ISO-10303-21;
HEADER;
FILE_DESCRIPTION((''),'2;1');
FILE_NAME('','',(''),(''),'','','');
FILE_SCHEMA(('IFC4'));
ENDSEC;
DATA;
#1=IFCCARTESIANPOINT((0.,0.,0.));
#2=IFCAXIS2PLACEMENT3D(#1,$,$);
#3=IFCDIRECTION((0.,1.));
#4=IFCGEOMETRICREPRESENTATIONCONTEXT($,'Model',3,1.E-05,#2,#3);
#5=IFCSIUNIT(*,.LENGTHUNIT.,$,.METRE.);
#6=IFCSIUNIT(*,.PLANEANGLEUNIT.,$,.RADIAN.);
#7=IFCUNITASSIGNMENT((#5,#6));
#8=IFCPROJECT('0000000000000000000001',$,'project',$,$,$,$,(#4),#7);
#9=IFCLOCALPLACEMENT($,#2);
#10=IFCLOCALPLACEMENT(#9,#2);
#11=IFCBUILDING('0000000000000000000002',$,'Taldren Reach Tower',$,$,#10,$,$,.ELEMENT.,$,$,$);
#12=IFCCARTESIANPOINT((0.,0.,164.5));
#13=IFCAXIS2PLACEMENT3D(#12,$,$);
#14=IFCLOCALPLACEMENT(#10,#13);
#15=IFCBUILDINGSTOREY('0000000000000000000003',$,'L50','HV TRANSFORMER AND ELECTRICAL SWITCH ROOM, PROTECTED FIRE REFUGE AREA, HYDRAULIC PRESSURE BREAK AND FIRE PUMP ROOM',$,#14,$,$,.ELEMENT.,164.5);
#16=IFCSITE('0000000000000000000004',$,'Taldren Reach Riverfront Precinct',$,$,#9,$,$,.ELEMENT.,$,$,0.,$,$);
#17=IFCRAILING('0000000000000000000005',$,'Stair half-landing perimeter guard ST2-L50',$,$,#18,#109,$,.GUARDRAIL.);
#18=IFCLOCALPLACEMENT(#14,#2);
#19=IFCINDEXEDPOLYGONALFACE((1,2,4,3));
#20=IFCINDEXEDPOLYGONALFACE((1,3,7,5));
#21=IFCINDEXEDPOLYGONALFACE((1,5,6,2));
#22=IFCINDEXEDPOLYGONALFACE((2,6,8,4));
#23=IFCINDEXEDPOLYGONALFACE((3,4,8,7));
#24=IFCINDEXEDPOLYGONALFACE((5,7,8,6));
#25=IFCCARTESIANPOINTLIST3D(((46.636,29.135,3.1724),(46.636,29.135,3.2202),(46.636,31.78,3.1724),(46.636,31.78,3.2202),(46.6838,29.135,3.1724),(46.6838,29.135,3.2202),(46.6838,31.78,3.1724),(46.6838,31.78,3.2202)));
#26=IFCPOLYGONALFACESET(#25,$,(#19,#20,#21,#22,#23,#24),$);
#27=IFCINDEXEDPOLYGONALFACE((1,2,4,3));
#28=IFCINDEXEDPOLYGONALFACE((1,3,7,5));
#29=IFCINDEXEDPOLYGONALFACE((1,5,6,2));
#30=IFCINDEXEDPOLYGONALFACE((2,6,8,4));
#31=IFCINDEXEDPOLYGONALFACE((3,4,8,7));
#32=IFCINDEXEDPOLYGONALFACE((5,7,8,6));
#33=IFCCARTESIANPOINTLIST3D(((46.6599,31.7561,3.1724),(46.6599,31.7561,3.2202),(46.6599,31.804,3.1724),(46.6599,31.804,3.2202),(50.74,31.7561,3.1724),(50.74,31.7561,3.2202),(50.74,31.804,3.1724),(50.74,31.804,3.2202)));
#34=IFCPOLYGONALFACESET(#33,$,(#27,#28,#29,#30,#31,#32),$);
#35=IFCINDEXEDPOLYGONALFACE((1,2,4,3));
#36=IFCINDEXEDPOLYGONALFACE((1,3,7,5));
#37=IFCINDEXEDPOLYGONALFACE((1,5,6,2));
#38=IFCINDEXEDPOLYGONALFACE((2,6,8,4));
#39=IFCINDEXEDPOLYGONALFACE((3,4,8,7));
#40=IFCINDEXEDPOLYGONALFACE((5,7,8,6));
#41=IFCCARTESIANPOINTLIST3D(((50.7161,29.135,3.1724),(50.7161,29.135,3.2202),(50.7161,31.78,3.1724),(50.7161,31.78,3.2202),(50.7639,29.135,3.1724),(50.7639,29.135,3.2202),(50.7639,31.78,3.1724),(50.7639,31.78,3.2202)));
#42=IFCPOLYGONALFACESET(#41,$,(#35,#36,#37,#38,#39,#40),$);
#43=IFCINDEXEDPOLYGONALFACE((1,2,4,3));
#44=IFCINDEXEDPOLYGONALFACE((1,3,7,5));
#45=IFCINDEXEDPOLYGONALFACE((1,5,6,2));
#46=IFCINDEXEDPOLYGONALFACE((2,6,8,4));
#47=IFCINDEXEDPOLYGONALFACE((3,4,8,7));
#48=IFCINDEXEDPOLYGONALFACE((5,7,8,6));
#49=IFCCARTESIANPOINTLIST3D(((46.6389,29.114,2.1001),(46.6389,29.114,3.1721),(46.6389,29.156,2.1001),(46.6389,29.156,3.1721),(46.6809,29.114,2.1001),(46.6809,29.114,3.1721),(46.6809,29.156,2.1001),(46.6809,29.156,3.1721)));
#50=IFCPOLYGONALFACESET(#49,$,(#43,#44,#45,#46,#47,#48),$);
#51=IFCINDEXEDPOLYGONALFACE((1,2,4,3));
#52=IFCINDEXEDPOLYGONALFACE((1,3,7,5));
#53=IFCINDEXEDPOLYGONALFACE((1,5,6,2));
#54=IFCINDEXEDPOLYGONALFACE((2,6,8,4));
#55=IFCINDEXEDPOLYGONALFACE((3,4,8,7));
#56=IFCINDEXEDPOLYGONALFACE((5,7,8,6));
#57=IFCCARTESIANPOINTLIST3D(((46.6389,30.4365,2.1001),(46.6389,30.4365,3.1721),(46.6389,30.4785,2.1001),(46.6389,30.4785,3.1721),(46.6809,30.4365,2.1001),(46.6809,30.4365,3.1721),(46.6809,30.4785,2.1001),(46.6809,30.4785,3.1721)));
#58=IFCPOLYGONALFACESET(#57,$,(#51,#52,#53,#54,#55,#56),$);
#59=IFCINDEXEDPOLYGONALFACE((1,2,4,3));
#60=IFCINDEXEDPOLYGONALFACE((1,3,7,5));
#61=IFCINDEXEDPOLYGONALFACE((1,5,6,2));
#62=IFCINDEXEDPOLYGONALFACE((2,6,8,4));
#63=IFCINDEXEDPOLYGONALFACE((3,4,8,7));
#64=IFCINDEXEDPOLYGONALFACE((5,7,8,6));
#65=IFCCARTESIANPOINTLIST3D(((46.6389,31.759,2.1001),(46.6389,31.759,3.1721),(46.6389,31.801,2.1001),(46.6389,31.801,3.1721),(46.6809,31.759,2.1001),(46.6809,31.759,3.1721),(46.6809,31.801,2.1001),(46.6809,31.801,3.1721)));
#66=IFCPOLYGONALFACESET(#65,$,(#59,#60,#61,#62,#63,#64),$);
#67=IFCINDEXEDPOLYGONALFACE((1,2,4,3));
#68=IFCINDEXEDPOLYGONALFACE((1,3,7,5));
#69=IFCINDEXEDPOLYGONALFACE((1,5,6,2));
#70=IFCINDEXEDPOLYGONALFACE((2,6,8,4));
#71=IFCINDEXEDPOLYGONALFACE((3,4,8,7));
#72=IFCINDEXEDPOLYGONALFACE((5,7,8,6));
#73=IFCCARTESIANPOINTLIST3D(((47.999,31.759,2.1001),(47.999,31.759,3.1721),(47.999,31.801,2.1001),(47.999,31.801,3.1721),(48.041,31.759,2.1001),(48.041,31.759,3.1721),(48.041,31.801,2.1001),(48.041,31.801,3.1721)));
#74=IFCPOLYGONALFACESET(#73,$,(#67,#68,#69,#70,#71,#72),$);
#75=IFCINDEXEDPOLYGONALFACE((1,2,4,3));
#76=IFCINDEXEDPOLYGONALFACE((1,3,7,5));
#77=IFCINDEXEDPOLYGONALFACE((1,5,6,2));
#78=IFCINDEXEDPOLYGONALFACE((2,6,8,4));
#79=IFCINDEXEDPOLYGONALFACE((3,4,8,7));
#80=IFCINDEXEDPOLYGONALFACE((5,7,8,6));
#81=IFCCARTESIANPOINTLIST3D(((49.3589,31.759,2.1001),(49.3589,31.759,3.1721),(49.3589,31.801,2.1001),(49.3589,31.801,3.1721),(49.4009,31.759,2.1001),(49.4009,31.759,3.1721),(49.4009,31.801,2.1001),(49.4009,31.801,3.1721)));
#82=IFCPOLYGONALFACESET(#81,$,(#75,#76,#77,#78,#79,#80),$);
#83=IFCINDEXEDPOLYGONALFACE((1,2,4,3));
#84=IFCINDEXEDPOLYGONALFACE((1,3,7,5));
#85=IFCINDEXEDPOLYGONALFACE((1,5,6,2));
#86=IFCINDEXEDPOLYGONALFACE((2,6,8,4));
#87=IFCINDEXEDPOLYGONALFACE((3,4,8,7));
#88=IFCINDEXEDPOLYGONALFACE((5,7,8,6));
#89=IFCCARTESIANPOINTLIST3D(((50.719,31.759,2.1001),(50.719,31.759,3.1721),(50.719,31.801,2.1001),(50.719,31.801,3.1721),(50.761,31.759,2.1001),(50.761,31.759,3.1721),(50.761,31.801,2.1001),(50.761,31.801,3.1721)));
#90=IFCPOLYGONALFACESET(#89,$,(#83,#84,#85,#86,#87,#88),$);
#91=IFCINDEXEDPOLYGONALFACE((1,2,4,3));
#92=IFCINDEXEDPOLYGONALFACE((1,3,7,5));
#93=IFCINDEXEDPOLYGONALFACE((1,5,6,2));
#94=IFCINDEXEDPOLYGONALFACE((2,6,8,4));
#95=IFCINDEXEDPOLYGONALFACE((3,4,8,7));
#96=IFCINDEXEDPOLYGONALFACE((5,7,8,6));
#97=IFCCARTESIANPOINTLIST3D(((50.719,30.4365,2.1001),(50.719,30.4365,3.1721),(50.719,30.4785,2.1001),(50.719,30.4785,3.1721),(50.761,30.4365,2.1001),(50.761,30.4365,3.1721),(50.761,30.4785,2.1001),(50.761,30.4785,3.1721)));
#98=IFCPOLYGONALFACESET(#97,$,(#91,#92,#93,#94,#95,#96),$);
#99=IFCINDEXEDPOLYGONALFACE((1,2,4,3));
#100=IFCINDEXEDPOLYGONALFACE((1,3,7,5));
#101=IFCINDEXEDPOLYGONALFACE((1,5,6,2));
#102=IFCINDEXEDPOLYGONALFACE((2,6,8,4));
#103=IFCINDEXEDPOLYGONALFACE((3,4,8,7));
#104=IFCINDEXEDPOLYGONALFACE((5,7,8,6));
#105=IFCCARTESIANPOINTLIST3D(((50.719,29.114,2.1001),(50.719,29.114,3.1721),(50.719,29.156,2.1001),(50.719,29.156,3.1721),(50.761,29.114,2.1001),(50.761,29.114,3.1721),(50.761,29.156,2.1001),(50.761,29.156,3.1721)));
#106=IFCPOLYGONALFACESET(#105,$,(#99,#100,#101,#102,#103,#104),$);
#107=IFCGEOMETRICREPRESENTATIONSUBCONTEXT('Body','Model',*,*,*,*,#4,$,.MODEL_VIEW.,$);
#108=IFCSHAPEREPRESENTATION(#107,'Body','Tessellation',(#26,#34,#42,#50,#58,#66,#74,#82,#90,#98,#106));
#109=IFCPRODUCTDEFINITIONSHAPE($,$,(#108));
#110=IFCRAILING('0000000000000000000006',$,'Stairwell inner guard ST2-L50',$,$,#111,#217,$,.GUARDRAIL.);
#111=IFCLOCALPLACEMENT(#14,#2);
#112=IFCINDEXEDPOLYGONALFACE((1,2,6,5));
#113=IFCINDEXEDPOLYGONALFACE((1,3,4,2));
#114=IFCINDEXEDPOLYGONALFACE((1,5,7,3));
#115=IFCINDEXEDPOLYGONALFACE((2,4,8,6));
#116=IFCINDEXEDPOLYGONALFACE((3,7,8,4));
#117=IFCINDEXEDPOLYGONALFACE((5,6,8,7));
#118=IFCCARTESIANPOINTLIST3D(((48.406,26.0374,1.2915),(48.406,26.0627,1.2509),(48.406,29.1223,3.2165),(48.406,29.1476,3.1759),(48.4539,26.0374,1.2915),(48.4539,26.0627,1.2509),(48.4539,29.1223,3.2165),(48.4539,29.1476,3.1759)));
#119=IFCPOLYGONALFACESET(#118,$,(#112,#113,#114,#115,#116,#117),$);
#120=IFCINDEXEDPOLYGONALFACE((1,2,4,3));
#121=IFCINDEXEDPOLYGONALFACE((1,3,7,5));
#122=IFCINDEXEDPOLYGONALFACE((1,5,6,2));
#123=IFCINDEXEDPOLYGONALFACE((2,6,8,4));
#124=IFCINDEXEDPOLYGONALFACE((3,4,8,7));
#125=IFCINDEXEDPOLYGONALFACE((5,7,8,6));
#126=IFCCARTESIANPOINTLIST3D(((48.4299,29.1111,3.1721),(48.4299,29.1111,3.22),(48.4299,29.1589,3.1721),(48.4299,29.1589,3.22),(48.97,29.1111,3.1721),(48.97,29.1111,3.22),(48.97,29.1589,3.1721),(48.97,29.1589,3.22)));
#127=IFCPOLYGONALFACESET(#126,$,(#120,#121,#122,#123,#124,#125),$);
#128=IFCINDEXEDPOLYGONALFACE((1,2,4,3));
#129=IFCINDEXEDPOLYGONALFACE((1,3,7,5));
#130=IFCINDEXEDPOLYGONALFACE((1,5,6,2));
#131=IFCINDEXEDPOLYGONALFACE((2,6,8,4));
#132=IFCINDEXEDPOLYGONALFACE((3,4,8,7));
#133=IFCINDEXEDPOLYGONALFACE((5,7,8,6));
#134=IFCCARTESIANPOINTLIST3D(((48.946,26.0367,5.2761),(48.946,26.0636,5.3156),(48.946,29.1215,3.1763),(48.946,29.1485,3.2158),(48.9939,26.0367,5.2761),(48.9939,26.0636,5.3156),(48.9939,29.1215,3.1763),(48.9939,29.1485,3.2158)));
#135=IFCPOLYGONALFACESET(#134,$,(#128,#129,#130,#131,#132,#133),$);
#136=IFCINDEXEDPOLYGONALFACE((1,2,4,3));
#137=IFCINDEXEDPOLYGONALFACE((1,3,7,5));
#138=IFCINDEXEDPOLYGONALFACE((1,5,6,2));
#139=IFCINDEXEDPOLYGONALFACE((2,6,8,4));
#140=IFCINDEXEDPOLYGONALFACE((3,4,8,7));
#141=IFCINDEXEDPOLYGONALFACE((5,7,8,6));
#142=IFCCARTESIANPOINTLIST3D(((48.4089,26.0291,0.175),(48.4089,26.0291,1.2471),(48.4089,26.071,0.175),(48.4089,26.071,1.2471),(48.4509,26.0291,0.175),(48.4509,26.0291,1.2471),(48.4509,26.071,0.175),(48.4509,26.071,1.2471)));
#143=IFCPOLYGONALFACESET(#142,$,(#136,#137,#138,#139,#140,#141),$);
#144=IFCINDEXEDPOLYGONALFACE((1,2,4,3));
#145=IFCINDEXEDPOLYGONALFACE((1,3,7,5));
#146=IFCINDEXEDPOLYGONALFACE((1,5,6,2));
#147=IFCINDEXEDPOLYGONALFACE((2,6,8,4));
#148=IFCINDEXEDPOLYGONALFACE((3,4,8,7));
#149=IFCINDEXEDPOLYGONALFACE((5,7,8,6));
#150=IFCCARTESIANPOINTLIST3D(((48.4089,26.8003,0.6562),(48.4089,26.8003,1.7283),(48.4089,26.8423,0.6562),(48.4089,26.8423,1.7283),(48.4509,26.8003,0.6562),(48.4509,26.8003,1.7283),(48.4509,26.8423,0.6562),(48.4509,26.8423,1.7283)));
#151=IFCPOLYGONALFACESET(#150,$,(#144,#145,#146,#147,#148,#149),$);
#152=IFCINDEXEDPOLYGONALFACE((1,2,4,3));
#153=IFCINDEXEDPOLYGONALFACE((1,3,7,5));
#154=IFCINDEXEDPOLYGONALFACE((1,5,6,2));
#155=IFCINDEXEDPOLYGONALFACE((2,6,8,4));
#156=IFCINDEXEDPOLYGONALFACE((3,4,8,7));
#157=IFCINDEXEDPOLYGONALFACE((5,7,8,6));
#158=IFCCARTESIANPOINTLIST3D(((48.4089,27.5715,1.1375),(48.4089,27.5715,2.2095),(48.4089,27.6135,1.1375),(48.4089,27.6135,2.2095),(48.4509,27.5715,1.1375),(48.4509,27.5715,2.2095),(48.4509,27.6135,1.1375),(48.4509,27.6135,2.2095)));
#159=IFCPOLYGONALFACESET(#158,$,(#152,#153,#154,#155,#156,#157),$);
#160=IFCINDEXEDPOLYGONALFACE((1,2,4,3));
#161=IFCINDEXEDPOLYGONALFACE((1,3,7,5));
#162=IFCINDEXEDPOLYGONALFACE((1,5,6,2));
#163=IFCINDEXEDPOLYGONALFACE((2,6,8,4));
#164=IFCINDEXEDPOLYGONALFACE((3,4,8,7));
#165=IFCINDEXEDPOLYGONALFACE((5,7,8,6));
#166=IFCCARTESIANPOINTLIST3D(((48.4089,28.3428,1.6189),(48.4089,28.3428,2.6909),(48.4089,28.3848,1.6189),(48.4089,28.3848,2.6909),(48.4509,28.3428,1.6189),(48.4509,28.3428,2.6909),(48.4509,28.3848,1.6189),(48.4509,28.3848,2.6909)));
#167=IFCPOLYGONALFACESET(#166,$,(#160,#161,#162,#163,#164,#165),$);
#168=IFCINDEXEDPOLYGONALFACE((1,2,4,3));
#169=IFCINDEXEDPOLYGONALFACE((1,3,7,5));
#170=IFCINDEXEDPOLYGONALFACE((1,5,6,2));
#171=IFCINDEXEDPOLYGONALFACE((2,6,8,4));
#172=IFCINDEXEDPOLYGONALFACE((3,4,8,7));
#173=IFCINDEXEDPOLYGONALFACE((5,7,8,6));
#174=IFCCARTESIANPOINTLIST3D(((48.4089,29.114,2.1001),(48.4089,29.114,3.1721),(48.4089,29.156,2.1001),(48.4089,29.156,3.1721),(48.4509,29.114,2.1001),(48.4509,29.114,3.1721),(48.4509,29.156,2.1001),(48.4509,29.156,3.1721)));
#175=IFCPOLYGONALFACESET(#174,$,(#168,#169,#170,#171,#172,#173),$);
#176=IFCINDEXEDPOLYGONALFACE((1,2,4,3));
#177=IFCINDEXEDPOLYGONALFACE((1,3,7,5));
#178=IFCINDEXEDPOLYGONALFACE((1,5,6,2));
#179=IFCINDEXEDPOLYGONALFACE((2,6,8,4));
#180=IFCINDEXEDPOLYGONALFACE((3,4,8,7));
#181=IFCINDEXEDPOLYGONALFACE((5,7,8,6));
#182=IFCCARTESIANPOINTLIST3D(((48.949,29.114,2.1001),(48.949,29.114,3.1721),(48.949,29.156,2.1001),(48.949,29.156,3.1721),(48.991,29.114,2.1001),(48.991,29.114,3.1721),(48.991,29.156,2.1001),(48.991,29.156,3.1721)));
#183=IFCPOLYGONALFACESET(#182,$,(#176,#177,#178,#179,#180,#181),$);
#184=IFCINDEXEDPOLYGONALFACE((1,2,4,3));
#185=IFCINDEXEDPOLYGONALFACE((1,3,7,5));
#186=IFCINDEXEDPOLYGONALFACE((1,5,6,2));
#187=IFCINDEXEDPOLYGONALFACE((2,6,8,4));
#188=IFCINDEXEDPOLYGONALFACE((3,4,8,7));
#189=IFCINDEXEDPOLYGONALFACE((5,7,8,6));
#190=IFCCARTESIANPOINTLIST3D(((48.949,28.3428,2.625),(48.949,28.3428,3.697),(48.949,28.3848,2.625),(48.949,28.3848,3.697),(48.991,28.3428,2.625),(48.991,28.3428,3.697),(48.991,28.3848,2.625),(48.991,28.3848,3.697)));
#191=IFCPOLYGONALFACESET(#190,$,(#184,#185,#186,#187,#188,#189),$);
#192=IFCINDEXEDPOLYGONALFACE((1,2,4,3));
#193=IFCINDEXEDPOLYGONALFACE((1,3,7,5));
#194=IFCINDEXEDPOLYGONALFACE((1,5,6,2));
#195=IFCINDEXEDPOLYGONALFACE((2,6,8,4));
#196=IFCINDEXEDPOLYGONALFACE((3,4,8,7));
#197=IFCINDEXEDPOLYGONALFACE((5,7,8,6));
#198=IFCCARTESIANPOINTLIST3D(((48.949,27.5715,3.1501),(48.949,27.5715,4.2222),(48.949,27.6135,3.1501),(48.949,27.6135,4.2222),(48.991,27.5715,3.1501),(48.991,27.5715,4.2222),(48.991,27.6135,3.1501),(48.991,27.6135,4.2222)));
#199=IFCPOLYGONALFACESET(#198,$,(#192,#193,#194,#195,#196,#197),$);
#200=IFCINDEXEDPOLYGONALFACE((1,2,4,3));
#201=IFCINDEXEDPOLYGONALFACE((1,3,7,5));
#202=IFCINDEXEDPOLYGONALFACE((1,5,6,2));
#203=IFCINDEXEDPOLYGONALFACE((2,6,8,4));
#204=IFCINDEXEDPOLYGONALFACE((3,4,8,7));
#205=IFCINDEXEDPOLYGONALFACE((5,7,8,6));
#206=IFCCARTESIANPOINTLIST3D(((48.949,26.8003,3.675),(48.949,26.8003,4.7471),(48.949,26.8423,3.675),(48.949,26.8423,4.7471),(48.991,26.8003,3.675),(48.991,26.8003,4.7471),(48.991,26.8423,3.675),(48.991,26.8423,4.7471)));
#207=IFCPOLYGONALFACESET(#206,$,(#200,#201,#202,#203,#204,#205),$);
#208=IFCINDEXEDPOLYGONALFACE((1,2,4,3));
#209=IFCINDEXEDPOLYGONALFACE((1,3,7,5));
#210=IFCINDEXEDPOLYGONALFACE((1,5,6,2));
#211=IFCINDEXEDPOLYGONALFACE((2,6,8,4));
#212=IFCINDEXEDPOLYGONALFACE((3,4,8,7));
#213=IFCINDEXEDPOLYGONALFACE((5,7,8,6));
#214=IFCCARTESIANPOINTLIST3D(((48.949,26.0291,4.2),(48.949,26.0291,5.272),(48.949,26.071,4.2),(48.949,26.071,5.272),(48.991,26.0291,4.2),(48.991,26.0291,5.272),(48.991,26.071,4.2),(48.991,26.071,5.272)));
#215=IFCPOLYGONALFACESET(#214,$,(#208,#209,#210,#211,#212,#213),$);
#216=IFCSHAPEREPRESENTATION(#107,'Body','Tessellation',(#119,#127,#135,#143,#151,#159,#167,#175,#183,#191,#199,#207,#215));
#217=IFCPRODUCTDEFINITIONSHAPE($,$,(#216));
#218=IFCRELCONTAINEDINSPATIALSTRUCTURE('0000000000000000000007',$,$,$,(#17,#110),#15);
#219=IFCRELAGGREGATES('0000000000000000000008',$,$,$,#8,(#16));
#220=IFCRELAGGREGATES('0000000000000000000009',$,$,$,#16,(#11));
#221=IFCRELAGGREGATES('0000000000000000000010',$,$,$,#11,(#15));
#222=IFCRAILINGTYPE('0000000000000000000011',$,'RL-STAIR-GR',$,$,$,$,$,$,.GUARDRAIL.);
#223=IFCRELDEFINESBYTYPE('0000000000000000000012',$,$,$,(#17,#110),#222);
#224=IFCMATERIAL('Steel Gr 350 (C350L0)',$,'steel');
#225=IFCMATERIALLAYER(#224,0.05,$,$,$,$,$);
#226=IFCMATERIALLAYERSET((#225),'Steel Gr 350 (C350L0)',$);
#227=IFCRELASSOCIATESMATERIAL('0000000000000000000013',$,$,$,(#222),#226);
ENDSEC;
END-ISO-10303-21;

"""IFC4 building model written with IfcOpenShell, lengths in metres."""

from ifc_helpers import new_model, si_unit, direction, frame, origin, origin_2d, place, context, subcontext, project, spatial, rectangle, extrude, material, layer, layer_set, type_object, element, save


model = new_model("IFC4")

# Units and contexts
model_context = context("Model", 3, precision=1e-05, world=origin(), true_north=direction((0.0, 1.0)))
body_context = subcontext(model_context, "Body", "Model", "MODEL_VIEW")
ifc_project = project(units=[si_unit("LENGTHUNIT", "METRE"), si_unit("PLANEANGLEUNIT", "RADIAN")], contexts=[model_context])

# Site, building, storey
site_placement = place(None, origin())
site = spatial("IfcSite", under=ifc_project, at=site_placement, Name="Taldren Reach Riverfront Precinct", CompositionType="ELEMENT", RefElevation=0.0)
building_placement = place(site_placement, origin())
building = spatial("IfcBuilding", under=site, at=building_placement, Name="Taldren Reach Tower", CompositionType="ELEMENT")
storey_placement = place(building_placement, frame((0.0, 0.0, 164.5)))
storey = spatial("IfcBuildingStorey", under=building, at=storey_placement, Name="L50", Description="HV TRANSFORMER AND ELECTRICAL SWITCH ROOM, PROTECTED FIRE REFUGE AREA, HYDRAULIC PRESSURE BREAK AND FIRE PUMP ROOM", CompositionType="ELEMENT", Elevation=164.5)

# Shared definitions
ifc_material_1 = material(Name="Steel Gr 350 (C350L0)", Category="steel")

# Railings
ifc_layer_1 = layer(ifc_material_1, 0.05)
ifc_layer_set_1 = layer_set([ifc_layer_1], Name="Steel Gr 350 (C350L0)")
railing_type_1 = type_object("IfcRailingType", Name="RL-STAIR-GR", PredefinedType="GUARDRAIL", material=ifc_layer_set_1)
railing_1_placement = place(storey_placement, frame((46.6599, 29.135, 2.1001)))
element("IfcRailing", 1, at=railing_1_placement, inside=storey, type_object=railing_type_1, Name="Stair half-landing perimeter guard ST2-L50", PredefinedType="GUARDRAIL", context=body_context, shape_type="SweptSolid", body=[
    extrude(rectangle(XDim=0.0479, YDim=0.0479, at=origin_2d()), frame((0.0, 0.0, 1.0962), z_axis=(0.0, 1.0, 0.0), x_axis=(-1.0, 0.0, 0.0)), (0.0, 0.0, 1.0), 2.645),
    extrude(rectangle(XDim=0.0479, YDim=0.0479, at=origin_2d()), frame((0.0, 2.645, 1.0962), z_axis=(1.0, 0.0, 0.0), x_axis=(0.0, 1.0, 0.0)), (0.0, 0.0, 1.0), 4.0801),
    extrude(rectangle(XDim=0.0479, YDim=0.0479, at=origin_2d()), frame((4.0801, 2.645, 1.0962), z_axis=(0.0, -1.0, 0.0), x_axis=(1.0, 0.0, 0.0)), (0.0, 0.0, 1.0), 2.645),
    extrude(rectangle(XDim=0.042, YDim=0.042, at=origin_2d()), origin(), (0.0, 0.0, 1.0), 1.072),
    extrude(rectangle(XDim=0.042, YDim=0.042, at=origin_2d()), frame((0.0, 1.3225, 0.0)), (0.0, 0.0, 1.0), 1.072),
    extrude(rectangle(XDim=0.042, YDim=0.042, at=origin_2d()), frame((0.0, 2.645, 0.0)), (0.0, 0.0, 1.0), 1.072),
    extrude(rectangle(XDim=0.042, YDim=0.042, at=origin_2d()), frame((1.3601, 2.645, 0.0)), (0.0, 0.0, 1.0), 1.072),
    extrude(rectangle(XDim=0.042, YDim=0.042, at=origin_2d()), frame((2.72, 2.645, 0.0)), (0.0, 0.0, 1.0), 1.072),
    extrude(rectangle(XDim=0.042, YDim=0.042, at=origin_2d()), frame((4.0801, 2.645, 0.0)), (0.0, 0.0, 1.0), 1.072),
    extrude(rectangle(XDim=0.042, YDim=0.042, at=origin_2d()), frame((4.0801, 1.3225, 0.0)), (0.0, 0.0, 1.0), 1.072),
    extrude(rectangle(XDim=0.042, YDim=0.042, at=origin_2d()), frame((4.0801, 0.0, 0.0)), (0.0, 0.0, 1.0), 1.072),
])
railing_2_placement = place(storey_placement, frame((48.4299, 26.05, 0.175)))
element("IfcRailing", 2, at=railing_2_placement, inside=storey, type_object=railing_type_1, Name="Stairwell inner guard ST2-L50", PredefinedType="GUARDRAIL", context=body_context, shape_type="SweptSolid", body=[
    extrude(rectangle(XDim=0.0479, YDim=0.0479, at=origin_2d()), frame((0.0, 0.0, 1.0962), z_axis=(0.0, 0.848375, 0.529395), x_axis=(-1.0, 0.0, 0.0)), (0.0, 0.0, 1.0), 3.6362),
    extrude(rectangle(XDim=0.0479, YDim=0.0479, at=origin_2d()), frame((0.0, 3.085, 3.021), z_axis=(1.0, 0.0, 0.0), x_axis=(0.0, 1.0, 0.0)), (0.0, 0.0, 1.0), 0.54),
    extrude(rectangle(XDim=0.0479, YDim=0.0479, at=origin_2d()), frame((0.54, 3.085, 3.021), z_axis=(0.0, -0.826667, 0.562691), x_axis=(1.0, 0.0, 0.0)), (0.0, 0.0, 1.0), 3.7317),
    extrude(rectangle(XDim=0.042, YDim=0.042, at=origin_2d()), origin(), (0.0, 0.0, 1.0), 1.072),
    extrude(rectangle(XDim=0.042, YDim=0.042, at=origin_2d()), frame((0.0, 0.7712, 0.4812)), (0.0, 0.0, 1.0), 1.072),
    extrude(rectangle(XDim=0.042, YDim=0.042, at=origin_2d()), frame((0.0, 1.5425, 0.9624)), (0.0, 0.0, 1.0), 1.072),
    extrude(rectangle(XDim=0.042, YDim=0.042, at=origin_2d()), frame((0.0, 2.3137, 1.4438)), (0.0, 0.0, 1.0), 1.072),
    extrude(rectangle(XDim=0.042, YDim=0.042, at=origin_2d()), frame((0.0, 3.085, 1.925)), (0.0, 0.0, 1.0), 1.072),
    extrude(rectangle(XDim=0.042, YDim=0.042, at=origin_2d()), frame((0.54, 3.085, 1.925)), (0.0, 0.0, 1.0), 1.072),
    extrude(rectangle(XDim=0.042, YDim=0.042, at=origin_2d()), frame((0.54, 2.3137, 2.45)), (0.0, 0.0, 1.0), 1.072),
    extrude(rectangle(XDim=0.042, YDim=0.042, at=origin_2d()), frame((0.54, 1.5425, 2.9751)), (0.0, 0.0, 1.0), 1.072),
    extrude(rectangle(XDim=0.042, YDim=0.042, at=origin_2d()), frame((0.54, 0.7712, 3.5)), (0.0, 0.0, 1.0), 1.072),
    extrude(rectangle(XDim=0.042, YDim=0.042, at=origin_2d()), frame((0.54, 0.0, 4.0249)), (0.0, 0.0, 1.0), 1.072),
])

save(model, "model.ifc")
